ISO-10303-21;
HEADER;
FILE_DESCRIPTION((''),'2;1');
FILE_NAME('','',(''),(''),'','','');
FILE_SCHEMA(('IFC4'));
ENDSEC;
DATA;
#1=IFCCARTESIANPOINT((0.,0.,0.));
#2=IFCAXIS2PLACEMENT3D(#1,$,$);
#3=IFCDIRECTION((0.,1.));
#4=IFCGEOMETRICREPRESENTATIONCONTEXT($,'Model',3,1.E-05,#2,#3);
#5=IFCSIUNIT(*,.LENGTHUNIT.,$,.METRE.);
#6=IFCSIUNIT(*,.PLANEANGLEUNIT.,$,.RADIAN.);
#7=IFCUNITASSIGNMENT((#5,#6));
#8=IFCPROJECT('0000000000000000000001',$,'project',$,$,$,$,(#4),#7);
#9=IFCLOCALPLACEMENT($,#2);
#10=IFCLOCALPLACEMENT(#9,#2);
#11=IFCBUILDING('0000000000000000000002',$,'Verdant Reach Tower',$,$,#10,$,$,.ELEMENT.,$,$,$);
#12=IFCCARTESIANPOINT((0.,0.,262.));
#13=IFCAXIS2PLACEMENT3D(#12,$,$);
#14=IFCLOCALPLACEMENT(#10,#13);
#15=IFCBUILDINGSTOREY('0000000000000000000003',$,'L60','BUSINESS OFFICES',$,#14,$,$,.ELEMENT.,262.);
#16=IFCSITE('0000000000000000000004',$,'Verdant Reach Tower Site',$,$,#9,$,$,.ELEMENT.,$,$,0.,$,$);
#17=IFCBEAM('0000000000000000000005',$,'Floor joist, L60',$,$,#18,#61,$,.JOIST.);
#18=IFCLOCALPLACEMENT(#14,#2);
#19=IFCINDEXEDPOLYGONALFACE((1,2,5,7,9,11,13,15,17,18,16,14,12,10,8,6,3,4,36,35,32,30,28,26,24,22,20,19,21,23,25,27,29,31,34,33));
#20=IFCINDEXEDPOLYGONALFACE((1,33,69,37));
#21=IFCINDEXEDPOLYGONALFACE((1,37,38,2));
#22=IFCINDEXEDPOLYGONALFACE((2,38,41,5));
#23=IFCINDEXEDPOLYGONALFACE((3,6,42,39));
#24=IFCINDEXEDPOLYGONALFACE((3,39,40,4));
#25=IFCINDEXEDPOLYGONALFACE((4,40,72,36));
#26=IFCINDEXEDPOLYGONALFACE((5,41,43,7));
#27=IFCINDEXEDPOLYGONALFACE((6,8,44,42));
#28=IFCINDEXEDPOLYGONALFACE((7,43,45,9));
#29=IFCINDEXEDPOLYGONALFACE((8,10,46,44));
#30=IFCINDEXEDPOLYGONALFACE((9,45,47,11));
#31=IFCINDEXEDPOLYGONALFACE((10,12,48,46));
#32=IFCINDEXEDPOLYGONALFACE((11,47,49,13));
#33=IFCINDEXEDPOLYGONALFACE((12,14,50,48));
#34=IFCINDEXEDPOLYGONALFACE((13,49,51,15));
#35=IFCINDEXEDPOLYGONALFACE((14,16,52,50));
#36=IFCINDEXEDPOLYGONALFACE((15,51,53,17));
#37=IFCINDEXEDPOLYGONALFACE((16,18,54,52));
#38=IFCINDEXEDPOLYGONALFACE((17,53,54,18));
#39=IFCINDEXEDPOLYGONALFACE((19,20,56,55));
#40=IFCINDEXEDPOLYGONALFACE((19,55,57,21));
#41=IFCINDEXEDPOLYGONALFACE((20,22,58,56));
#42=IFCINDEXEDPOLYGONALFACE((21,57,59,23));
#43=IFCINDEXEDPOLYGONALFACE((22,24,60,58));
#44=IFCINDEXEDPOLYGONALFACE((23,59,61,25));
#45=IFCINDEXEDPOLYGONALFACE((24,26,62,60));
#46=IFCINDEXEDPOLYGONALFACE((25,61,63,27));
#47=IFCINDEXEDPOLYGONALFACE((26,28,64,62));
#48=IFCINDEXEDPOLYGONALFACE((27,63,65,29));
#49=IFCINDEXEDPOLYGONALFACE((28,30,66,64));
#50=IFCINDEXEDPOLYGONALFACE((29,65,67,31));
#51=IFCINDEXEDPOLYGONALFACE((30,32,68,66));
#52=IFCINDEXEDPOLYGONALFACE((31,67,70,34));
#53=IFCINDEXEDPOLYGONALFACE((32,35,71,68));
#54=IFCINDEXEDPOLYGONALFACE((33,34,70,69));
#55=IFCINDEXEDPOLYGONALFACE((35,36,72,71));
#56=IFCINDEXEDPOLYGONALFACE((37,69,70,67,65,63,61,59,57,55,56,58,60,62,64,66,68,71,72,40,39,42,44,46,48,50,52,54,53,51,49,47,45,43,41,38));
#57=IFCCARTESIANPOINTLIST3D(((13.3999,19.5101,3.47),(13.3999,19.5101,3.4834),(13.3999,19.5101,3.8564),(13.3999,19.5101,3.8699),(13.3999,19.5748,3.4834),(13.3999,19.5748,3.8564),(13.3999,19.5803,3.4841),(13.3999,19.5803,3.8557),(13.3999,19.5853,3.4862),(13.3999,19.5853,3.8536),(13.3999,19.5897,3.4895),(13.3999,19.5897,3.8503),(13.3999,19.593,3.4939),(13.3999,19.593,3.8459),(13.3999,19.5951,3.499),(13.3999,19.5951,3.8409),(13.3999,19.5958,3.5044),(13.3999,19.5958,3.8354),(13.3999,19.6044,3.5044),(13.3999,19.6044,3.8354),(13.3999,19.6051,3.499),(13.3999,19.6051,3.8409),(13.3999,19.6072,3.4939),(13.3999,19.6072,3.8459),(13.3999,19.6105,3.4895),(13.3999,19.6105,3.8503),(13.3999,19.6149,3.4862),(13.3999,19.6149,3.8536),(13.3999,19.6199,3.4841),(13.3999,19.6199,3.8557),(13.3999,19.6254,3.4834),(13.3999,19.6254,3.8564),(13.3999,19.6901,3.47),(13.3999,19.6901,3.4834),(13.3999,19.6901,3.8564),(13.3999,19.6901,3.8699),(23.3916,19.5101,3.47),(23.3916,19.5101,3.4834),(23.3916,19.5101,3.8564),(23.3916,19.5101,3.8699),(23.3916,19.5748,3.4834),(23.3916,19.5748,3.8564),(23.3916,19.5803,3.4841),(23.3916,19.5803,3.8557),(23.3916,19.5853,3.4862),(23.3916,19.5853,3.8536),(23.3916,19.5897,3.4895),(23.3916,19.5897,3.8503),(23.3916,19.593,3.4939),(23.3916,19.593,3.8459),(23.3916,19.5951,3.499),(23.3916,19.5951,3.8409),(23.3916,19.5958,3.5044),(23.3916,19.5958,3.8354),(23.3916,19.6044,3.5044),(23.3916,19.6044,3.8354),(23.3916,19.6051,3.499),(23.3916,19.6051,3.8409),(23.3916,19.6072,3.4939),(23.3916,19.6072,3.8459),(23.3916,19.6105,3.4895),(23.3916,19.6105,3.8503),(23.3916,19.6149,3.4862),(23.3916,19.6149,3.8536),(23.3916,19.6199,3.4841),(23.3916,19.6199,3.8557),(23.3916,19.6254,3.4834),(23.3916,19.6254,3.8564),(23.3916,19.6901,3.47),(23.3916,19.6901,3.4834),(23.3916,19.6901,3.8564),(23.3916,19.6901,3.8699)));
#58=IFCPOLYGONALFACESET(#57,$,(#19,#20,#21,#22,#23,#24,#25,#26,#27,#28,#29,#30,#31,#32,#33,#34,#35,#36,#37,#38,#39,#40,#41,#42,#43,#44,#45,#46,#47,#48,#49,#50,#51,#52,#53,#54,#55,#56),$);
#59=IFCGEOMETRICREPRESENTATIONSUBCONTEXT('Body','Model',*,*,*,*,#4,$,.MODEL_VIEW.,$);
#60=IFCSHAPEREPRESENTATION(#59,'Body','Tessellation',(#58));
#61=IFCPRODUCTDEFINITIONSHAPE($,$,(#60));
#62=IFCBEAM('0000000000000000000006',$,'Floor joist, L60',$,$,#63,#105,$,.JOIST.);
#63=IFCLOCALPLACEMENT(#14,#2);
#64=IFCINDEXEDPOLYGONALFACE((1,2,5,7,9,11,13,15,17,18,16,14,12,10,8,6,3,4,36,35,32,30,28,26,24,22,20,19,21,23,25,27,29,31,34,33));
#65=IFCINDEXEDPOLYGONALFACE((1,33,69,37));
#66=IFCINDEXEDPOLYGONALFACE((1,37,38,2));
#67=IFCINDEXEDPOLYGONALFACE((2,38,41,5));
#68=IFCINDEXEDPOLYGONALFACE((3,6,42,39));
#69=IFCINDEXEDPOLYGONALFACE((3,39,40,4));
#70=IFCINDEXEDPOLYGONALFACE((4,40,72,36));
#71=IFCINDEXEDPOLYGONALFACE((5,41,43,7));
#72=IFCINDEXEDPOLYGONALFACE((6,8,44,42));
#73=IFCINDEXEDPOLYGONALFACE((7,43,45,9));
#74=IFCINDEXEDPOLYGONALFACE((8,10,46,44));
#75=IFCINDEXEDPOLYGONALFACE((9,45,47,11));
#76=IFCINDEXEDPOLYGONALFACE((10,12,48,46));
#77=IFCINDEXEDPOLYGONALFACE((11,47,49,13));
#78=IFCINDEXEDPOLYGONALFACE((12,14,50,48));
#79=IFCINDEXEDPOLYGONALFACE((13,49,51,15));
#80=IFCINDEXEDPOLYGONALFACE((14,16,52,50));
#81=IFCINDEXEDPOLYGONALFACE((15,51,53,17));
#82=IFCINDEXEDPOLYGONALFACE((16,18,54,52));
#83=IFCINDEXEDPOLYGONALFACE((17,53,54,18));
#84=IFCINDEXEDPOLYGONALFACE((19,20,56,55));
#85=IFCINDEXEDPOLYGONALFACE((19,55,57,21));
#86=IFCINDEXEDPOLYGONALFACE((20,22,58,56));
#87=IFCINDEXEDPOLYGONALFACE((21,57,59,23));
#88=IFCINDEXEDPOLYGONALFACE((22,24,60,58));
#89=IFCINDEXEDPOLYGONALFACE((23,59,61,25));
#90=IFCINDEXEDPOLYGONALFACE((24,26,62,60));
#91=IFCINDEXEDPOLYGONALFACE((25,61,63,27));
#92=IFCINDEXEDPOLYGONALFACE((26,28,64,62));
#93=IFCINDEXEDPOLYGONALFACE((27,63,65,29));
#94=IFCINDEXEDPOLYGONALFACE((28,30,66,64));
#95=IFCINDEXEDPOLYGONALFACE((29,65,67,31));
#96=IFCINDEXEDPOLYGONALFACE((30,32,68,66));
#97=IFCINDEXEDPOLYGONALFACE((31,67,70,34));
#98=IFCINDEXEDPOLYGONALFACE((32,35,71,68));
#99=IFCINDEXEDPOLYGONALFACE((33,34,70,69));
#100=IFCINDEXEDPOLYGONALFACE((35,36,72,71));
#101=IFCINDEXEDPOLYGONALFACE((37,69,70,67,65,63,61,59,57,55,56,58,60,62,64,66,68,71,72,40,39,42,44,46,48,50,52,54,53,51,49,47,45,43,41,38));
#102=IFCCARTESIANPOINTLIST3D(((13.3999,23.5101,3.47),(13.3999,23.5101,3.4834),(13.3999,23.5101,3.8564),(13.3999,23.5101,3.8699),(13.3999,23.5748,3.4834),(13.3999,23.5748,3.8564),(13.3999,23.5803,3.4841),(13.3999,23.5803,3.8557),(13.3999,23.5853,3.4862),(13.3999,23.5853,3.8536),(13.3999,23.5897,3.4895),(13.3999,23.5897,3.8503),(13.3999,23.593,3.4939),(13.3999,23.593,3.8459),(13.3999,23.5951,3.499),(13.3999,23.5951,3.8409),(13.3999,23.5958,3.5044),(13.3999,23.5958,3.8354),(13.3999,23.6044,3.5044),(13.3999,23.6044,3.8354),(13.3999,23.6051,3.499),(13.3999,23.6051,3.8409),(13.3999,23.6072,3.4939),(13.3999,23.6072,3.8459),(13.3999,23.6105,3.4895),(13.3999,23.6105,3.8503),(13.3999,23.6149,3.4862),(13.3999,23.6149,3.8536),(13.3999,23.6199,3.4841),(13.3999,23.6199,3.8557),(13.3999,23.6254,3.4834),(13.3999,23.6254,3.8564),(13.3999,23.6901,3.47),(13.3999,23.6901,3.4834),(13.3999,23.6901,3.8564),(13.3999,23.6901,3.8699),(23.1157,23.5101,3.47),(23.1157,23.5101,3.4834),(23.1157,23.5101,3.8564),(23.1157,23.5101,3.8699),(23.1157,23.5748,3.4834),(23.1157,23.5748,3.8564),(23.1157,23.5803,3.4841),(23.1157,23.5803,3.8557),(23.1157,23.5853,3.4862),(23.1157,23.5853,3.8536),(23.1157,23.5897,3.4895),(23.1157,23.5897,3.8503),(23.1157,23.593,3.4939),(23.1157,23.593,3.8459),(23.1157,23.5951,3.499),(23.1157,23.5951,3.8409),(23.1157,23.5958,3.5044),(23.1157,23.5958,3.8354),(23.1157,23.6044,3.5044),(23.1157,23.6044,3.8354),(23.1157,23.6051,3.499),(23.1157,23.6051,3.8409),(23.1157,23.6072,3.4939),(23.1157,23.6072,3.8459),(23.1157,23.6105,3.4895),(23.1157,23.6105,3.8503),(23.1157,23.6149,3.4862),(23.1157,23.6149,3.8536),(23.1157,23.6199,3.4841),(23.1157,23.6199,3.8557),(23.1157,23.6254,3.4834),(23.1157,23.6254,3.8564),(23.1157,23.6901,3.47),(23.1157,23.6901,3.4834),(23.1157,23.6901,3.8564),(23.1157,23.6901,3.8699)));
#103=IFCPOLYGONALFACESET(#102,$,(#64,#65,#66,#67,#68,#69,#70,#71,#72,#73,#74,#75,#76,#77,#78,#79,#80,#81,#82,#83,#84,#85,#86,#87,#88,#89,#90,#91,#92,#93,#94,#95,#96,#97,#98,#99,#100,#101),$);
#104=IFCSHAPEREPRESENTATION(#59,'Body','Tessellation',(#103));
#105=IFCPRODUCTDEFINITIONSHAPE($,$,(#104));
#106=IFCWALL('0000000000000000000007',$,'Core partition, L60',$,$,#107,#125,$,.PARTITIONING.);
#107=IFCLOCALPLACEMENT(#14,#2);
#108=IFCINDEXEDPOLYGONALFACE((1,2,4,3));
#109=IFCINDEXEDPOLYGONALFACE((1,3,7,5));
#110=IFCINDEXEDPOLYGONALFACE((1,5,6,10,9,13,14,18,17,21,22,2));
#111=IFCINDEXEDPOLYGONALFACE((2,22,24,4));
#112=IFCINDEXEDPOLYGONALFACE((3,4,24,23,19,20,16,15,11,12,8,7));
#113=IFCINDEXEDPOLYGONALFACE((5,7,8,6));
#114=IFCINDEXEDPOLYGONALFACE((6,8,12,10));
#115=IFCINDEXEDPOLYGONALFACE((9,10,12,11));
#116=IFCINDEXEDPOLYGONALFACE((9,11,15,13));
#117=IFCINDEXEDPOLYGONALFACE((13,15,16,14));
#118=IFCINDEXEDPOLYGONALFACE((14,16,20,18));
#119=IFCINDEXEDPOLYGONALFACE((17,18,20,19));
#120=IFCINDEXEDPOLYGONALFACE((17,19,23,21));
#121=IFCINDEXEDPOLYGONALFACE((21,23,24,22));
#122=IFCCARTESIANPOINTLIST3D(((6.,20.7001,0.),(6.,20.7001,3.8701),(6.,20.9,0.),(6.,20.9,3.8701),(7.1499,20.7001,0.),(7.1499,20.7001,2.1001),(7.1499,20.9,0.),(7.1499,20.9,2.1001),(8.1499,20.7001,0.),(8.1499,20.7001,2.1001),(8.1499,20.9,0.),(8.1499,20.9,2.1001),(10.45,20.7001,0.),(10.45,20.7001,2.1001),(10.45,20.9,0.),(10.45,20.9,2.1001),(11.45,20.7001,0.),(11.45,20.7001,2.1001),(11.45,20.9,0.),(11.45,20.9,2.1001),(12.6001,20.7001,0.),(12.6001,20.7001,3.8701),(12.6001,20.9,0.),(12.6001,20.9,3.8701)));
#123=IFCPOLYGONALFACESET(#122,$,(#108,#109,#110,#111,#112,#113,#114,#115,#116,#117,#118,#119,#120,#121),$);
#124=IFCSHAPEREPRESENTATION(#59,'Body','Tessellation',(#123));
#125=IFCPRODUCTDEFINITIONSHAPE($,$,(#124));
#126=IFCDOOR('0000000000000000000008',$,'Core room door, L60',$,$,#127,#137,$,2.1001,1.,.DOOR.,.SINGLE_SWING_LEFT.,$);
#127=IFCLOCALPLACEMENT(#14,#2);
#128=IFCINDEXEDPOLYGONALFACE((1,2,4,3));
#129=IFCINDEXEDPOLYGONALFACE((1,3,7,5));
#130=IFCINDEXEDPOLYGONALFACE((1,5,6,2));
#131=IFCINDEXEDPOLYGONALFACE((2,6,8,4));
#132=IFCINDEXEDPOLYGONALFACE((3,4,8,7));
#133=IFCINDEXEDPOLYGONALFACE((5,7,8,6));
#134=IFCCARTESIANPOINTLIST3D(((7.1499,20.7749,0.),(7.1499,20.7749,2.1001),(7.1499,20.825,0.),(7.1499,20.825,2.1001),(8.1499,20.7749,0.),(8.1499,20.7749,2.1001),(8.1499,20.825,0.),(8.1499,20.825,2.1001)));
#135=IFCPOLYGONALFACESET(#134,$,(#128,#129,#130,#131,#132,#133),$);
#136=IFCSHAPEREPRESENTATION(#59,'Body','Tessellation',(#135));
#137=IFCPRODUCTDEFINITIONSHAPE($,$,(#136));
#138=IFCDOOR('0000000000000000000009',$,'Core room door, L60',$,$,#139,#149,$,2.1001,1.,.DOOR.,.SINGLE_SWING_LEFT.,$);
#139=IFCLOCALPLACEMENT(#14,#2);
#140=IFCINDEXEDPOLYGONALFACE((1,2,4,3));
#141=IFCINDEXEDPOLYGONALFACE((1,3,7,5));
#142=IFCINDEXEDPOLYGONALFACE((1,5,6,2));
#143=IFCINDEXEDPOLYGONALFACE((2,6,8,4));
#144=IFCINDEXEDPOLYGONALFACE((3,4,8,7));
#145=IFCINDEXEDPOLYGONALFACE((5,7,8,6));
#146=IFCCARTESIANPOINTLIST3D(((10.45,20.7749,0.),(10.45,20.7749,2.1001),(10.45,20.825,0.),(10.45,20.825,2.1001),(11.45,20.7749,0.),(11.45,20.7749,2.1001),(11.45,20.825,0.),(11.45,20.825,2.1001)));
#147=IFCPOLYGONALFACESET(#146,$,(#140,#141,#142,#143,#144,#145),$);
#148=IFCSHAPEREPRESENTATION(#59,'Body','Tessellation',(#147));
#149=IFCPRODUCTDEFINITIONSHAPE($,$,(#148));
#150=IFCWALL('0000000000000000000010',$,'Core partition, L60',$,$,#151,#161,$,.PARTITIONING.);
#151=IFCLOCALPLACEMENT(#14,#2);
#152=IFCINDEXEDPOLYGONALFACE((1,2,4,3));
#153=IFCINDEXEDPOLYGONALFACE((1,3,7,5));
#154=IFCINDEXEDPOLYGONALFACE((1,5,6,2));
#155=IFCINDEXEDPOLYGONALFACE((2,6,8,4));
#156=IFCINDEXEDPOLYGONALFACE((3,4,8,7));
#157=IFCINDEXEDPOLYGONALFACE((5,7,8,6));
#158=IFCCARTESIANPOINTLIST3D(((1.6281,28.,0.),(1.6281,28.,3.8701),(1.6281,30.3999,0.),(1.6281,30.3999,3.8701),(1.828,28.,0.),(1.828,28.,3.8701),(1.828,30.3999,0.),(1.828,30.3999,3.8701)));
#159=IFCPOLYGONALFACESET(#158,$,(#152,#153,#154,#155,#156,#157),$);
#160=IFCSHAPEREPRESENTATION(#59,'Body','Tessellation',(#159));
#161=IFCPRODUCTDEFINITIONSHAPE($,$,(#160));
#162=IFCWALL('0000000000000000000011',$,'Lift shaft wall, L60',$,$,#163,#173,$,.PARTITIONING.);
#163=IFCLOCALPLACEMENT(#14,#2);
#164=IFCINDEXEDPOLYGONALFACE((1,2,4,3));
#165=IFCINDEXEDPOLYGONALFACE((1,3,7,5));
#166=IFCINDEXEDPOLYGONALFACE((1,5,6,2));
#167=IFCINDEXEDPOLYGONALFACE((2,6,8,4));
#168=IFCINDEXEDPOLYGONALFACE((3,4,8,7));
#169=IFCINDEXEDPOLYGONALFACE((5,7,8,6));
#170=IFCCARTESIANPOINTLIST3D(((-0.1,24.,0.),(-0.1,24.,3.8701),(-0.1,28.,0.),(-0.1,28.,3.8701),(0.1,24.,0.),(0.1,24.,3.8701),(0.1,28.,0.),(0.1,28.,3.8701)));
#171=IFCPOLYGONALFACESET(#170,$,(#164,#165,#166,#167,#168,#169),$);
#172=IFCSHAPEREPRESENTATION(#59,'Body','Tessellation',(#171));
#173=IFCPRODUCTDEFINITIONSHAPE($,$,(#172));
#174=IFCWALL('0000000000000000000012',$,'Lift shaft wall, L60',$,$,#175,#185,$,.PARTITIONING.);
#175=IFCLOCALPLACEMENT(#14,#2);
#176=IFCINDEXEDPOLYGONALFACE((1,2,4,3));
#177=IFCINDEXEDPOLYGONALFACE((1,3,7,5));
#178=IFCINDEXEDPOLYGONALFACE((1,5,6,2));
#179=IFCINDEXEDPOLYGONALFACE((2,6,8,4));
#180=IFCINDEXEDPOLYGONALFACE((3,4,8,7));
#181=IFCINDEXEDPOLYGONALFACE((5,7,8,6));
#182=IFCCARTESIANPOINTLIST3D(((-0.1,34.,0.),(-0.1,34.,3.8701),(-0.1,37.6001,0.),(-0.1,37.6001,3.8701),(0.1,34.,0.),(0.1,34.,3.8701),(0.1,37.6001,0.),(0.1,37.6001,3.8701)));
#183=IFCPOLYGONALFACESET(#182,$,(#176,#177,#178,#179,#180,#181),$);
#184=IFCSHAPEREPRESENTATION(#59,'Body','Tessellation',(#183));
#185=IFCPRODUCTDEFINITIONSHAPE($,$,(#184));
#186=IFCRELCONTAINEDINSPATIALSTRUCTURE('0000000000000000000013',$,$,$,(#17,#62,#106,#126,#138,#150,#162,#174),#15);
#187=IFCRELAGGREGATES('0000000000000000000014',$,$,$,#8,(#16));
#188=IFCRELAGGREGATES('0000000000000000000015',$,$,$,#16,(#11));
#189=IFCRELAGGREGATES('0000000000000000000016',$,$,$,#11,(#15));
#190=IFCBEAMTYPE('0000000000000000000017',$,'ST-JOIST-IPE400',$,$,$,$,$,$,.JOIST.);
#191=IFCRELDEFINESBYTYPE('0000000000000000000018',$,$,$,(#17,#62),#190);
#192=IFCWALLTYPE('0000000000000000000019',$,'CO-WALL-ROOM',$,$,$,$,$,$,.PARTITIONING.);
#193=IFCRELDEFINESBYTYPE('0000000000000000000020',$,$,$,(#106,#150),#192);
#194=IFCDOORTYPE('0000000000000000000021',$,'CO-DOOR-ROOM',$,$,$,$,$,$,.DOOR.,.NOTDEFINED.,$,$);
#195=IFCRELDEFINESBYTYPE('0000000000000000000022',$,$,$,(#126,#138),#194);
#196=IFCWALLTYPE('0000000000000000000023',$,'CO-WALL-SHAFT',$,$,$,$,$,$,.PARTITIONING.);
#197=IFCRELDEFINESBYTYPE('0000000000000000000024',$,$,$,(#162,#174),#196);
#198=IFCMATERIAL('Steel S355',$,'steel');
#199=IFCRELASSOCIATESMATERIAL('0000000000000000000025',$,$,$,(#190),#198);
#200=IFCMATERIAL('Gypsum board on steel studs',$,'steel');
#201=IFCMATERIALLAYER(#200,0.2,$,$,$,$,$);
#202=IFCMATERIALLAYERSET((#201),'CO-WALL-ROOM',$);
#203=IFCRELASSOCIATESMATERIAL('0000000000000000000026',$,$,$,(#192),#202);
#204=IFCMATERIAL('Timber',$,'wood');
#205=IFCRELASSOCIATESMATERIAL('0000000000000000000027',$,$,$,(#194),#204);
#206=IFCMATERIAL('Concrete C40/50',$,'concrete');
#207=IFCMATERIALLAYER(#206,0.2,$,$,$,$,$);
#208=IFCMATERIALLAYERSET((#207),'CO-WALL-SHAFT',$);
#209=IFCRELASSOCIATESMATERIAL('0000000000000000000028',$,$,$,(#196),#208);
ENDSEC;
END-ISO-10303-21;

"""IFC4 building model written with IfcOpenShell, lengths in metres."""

from ifc_helpers import new_model, si_unit, direction, frame, frame_2d, origin, origin_2d, place, context, subcontext, project, spatial, rectangle, i_section, extrude, material, layer, layer_set, material_profile, profile_set, type_object, element, fill, save


model = new_model("IFC4")

# Units and contexts
model_context = context("Model", 3, precision=1e-05, world=origin(), true_north=direction((0.0, 1.0)))
body_context = subcontext(model_context, "Body", "Model", "MODEL_VIEW")
ifc_project = project(units=[si_unit("LENGTHUNIT", "METRE"), si_unit("PLANEANGLEUNIT", "RADIAN")], contexts=[model_context])

# Site, building, storey
site_placement = place(None, origin())
site = spatial("IfcSite", under=ifc_project, at=site_placement, Name="Verdant Reach Tower Site", CompositionType="ELEMENT", RefElevation=0.0)
building_placement = place(site_placement, origin())
building = spatial("IfcBuilding", under=site, at=building_placement, Name="Verdant Reach Tower", CompositionType="ELEMENT")
storey_placement = place(building_placement, frame((0.0, 0.0, 262.0)))
storey = spatial("IfcBuildingStorey", under=building, at=storey_placement, Name="L60", Description="BUSINESS OFFICES", CompositionType="ELEMENT", Elevation=262.0)

# Beams
ifc_material_1 = material(Name="Steel S355", Category="steel")
ifc_material_profile_1 = material_profile(ifc_material_1, i_section(OverallWidth=0.1799, OverallDepth=0.3999, WebThickness=0.0085, FlangeThickness=0.0134, FilletRadius=0.021, at=origin_2d()), Name="IPE 400")
ifc_profile_set_1 = profile_set([ifc_material_profile_1], Name="Steel S355")
beam_type_1 = type_object("IfcBeamType", Name="ST-JOIST-IPE400", PredefinedType="JOIST", material=ifc_profile_set_1)
beam_1_placement = place(storey_placement, frame((13.3999, 19.6001, 3.6699), z_axis=(1.0, 0.0, 0.0), x_axis=(0.0, 1.0, 0.0)))
element("IfcBeam", 1, at=beam_1_placement, inside=storey, type_object=beam_type_1, Name="Floor joist, L60", PredefinedType="JOIST", context=body_context, shape_type="SweptSolid", body=[
    extrude(i_section(OverallWidth=0.1799, OverallDepth=0.3999, WebThickness=0.0085, FlangeThickness=0.0134, FilletRadius=0.021, at=origin_2d()), origin(), (0.0, 0.0, 1.0), 9.9917),
])
beam_2_placement = place(storey_placement, frame((13.3999, 23.6001, 3.6699), z_axis=(1.0, 0.0, 0.0), x_axis=(0.0, 1.0, 0.0)))
element("IfcBeam", 2, at=beam_2_placement, inside=storey, type_object=beam_type_1, Name="Floor joist, L60", PredefinedType="JOIST", context=body_context, shape_type="SweptSolid", body=[
    extrude(i_section(OverallWidth=0.1799, OverallDepth=0.3999, WebThickness=0.0085, FlangeThickness=0.0134, FilletRadius=0.021, at=origin_2d()), origin(), (0.0, 0.0, 1.0), 9.7158),
])

# Wall, openings, doors
ifc_material_2 = material(Name="Gypsum board on steel studs", Category="steel")
ifc_layer_1 = layer(ifc_material_2, 0.2)
ifc_layer_set_1 = layer_set([ifc_layer_1], Name="CO-WALL-ROOM")
wall_type_1 = type_object("IfcWallType", Name="CO-WALL-ROOM", PredefinedType="PARTITIONING", material=ifc_layer_set_1)
wall_1_placement = place(storey_placement, frame((6.0, 20.8, 0.0), z_axis=(0.0, 0.0, 1.0), x_axis=(1.0, 0.0, 0.0)))
wall_1 = element("IfcWall", 3, at=wall_1_placement, inside=storey, type_object=wall_type_1, Name="Core partition, L60", PredefinedType="PARTITIONING", context=body_context, shape_type="SweptSolid", body=[
    extrude(rectangle(XDim=6.6001, YDim=0.2, at=frame_2d((3.3, 0.0))), origin(), (0.0, 0.0, 1.0), 3.8701),
])
opening_1_placement = place(wall_1_placement, frame((1.1499, 0.0, 0.0)))
opening_1 = element("IfcOpeningElement", 4, at=opening_1_placement, cuts=wall_1, PredefinedType="OPENING", context=body_context, shape_type="SweptSolid", body=[
    extrude(rectangle(XDim=1.0, YDim=2.1001, at=frame_2d((0.5, 1.05))), frame((0.0, 0.1099, 0.0), z_axis=(0.0, -1.0, 0.0), x_axis=(1.0, 0.0, 0.0)), (0.0, 0.0, 1.0), 0.22),
])
opening_2_placement = place(wall_1_placement, frame((4.45, 0.0, 0.0)))
opening_2 = element("IfcOpeningElement", 5, at=opening_2_placement, cuts=wall_1, PredefinedType="OPENING", context=body_context, shape_type="SweptSolid", body=[
    extrude(rectangle(XDim=1.0, YDim=2.1001, at=frame_2d((0.5, 1.05))), frame((0.0, 0.1099, 0.0), z_axis=(0.0, -1.0, 0.0), x_axis=(1.0, 0.0, 0.0)), (0.0, 0.0, 1.0), 0.22),
])
ifc_material_3 = material(Name="Timber", Category="wood")
door_type_1 = type_object("IfcDoorType", Name="CO-DOOR-ROOM", OperationType="NOTDEFINED", PredefinedType="DOOR", material=ifc_material_3)
door_1_placement = place(opening_1_placement, origin())
door_1 = element("IfcDoor", 6, at=door_1_placement, inside=storey, type_object=door_type_1, Name="Core room door, L60", OperationType="SINGLE_SWING_LEFT", OverallHeight=2.1001, OverallWidth=1.0, PredefinedType="DOOR", context=body_context, shape_type="SweptSolid", body=[
    extrude(rectangle(XDim=1.0, YDim=2.1001, at=frame_2d((0.5, 1.05))), frame((0.0, 0.0249, 0.0), z_axis=(0.0, -1.0, 0.0), x_axis=(1.0, 0.0, 0.0)), (0.0, 0.0, 1.0), 0.05),
])
fill(opening_1, door_1)
door_2_placement = place(opening_2_placement, origin())
door_2 = element("IfcDoor", 7, at=door_2_placement, inside=storey, type_object=door_type_1, Name="Core room door, L60", OperationType="SINGLE_SWING_LEFT", OverallHeight=2.1001, OverallWidth=1.0, PredefinedType="DOOR", context=body_context, shape_type="SweptSolid", body=[
    extrude(rectangle(XDim=1.0, YDim=2.1001, at=frame_2d((0.5, 1.05))), frame((0.0, 0.0249, 0.0), z_axis=(0.0, -1.0, 0.0), x_axis=(1.0, 0.0, 0.0)), (0.0, 0.0, 1.0), 0.05),
])
fill(opening_2, door_2)

# Walls
wall_2_placement = place(storey_placement, frame((1.728, 28.0, 0.0), z_axis=(0.0, 0.0, 1.0), x_axis=(0.0, 1.0, 0.0)))
element("IfcWall", 8, at=wall_2_placement, inside=storey, type_object=wall_type_1, Name="Core partition, L60", PredefinedType="PARTITIONING", context=body_context, shape_type="SweptSolid", body=[
    extrude(rectangle(XDim=2.3999, YDim=0.2, at=frame_2d((1.2, 0.0))), origin(), (0.0, 0.0, 1.0), 3.8701),
])
ifc_material_4 = material(Name="Concrete C40/50", Category="concrete")
ifc_layer_2 = layer(ifc_material_4, 0.2)
ifc_layer_set_2 = layer_set([ifc_layer_2], Name="CO-WALL-SHAFT")
wall_type_2 = type_object("IfcWallType", Name="CO-WALL-SHAFT", PredefinedType="PARTITIONING", material=ifc_layer_set_2)
wall_3_placement = place(storey_placement, frame((0.0, 24.0, 0.0), z_axis=(0.0, 0.0, 1.0), x_axis=(0.0, 1.0, 0.0)))
element("IfcWall", 9, at=wall_3_placement, inside=storey, type_object=wall_type_2, Name="Lift shaft wall, L60", PredefinedType="PARTITIONING", context=body_context, shape_type="SweptSolid", body=[
    extrude(rectangle(XDim=4.0, YDim=0.2, at=frame_2d((2.0, 0.0))), origin(), (0.0, 0.0, 1.0), 3.8701),
])
wall_4_placement = place(storey_placement, frame((0.0, 34.0, 0.0), z_axis=(0.0, 0.0, 1.0), x_axis=(0.0, 1.0, 0.0)))
element("IfcWall", 10, at=wall_4_placement, inside=storey, type_object=wall_type_2, Name="Lift shaft wall, L60", PredefinedType="PARTITIONING", context=body_context, shape_type="SweptSolid", body=[
    extrude(rectangle(XDim=3.6001, YDim=0.2, at=frame_2d((1.8, 0.0))), origin(), (0.0, 0.0, 1.0), 3.8701),
])

save(model, "model.ifc")
